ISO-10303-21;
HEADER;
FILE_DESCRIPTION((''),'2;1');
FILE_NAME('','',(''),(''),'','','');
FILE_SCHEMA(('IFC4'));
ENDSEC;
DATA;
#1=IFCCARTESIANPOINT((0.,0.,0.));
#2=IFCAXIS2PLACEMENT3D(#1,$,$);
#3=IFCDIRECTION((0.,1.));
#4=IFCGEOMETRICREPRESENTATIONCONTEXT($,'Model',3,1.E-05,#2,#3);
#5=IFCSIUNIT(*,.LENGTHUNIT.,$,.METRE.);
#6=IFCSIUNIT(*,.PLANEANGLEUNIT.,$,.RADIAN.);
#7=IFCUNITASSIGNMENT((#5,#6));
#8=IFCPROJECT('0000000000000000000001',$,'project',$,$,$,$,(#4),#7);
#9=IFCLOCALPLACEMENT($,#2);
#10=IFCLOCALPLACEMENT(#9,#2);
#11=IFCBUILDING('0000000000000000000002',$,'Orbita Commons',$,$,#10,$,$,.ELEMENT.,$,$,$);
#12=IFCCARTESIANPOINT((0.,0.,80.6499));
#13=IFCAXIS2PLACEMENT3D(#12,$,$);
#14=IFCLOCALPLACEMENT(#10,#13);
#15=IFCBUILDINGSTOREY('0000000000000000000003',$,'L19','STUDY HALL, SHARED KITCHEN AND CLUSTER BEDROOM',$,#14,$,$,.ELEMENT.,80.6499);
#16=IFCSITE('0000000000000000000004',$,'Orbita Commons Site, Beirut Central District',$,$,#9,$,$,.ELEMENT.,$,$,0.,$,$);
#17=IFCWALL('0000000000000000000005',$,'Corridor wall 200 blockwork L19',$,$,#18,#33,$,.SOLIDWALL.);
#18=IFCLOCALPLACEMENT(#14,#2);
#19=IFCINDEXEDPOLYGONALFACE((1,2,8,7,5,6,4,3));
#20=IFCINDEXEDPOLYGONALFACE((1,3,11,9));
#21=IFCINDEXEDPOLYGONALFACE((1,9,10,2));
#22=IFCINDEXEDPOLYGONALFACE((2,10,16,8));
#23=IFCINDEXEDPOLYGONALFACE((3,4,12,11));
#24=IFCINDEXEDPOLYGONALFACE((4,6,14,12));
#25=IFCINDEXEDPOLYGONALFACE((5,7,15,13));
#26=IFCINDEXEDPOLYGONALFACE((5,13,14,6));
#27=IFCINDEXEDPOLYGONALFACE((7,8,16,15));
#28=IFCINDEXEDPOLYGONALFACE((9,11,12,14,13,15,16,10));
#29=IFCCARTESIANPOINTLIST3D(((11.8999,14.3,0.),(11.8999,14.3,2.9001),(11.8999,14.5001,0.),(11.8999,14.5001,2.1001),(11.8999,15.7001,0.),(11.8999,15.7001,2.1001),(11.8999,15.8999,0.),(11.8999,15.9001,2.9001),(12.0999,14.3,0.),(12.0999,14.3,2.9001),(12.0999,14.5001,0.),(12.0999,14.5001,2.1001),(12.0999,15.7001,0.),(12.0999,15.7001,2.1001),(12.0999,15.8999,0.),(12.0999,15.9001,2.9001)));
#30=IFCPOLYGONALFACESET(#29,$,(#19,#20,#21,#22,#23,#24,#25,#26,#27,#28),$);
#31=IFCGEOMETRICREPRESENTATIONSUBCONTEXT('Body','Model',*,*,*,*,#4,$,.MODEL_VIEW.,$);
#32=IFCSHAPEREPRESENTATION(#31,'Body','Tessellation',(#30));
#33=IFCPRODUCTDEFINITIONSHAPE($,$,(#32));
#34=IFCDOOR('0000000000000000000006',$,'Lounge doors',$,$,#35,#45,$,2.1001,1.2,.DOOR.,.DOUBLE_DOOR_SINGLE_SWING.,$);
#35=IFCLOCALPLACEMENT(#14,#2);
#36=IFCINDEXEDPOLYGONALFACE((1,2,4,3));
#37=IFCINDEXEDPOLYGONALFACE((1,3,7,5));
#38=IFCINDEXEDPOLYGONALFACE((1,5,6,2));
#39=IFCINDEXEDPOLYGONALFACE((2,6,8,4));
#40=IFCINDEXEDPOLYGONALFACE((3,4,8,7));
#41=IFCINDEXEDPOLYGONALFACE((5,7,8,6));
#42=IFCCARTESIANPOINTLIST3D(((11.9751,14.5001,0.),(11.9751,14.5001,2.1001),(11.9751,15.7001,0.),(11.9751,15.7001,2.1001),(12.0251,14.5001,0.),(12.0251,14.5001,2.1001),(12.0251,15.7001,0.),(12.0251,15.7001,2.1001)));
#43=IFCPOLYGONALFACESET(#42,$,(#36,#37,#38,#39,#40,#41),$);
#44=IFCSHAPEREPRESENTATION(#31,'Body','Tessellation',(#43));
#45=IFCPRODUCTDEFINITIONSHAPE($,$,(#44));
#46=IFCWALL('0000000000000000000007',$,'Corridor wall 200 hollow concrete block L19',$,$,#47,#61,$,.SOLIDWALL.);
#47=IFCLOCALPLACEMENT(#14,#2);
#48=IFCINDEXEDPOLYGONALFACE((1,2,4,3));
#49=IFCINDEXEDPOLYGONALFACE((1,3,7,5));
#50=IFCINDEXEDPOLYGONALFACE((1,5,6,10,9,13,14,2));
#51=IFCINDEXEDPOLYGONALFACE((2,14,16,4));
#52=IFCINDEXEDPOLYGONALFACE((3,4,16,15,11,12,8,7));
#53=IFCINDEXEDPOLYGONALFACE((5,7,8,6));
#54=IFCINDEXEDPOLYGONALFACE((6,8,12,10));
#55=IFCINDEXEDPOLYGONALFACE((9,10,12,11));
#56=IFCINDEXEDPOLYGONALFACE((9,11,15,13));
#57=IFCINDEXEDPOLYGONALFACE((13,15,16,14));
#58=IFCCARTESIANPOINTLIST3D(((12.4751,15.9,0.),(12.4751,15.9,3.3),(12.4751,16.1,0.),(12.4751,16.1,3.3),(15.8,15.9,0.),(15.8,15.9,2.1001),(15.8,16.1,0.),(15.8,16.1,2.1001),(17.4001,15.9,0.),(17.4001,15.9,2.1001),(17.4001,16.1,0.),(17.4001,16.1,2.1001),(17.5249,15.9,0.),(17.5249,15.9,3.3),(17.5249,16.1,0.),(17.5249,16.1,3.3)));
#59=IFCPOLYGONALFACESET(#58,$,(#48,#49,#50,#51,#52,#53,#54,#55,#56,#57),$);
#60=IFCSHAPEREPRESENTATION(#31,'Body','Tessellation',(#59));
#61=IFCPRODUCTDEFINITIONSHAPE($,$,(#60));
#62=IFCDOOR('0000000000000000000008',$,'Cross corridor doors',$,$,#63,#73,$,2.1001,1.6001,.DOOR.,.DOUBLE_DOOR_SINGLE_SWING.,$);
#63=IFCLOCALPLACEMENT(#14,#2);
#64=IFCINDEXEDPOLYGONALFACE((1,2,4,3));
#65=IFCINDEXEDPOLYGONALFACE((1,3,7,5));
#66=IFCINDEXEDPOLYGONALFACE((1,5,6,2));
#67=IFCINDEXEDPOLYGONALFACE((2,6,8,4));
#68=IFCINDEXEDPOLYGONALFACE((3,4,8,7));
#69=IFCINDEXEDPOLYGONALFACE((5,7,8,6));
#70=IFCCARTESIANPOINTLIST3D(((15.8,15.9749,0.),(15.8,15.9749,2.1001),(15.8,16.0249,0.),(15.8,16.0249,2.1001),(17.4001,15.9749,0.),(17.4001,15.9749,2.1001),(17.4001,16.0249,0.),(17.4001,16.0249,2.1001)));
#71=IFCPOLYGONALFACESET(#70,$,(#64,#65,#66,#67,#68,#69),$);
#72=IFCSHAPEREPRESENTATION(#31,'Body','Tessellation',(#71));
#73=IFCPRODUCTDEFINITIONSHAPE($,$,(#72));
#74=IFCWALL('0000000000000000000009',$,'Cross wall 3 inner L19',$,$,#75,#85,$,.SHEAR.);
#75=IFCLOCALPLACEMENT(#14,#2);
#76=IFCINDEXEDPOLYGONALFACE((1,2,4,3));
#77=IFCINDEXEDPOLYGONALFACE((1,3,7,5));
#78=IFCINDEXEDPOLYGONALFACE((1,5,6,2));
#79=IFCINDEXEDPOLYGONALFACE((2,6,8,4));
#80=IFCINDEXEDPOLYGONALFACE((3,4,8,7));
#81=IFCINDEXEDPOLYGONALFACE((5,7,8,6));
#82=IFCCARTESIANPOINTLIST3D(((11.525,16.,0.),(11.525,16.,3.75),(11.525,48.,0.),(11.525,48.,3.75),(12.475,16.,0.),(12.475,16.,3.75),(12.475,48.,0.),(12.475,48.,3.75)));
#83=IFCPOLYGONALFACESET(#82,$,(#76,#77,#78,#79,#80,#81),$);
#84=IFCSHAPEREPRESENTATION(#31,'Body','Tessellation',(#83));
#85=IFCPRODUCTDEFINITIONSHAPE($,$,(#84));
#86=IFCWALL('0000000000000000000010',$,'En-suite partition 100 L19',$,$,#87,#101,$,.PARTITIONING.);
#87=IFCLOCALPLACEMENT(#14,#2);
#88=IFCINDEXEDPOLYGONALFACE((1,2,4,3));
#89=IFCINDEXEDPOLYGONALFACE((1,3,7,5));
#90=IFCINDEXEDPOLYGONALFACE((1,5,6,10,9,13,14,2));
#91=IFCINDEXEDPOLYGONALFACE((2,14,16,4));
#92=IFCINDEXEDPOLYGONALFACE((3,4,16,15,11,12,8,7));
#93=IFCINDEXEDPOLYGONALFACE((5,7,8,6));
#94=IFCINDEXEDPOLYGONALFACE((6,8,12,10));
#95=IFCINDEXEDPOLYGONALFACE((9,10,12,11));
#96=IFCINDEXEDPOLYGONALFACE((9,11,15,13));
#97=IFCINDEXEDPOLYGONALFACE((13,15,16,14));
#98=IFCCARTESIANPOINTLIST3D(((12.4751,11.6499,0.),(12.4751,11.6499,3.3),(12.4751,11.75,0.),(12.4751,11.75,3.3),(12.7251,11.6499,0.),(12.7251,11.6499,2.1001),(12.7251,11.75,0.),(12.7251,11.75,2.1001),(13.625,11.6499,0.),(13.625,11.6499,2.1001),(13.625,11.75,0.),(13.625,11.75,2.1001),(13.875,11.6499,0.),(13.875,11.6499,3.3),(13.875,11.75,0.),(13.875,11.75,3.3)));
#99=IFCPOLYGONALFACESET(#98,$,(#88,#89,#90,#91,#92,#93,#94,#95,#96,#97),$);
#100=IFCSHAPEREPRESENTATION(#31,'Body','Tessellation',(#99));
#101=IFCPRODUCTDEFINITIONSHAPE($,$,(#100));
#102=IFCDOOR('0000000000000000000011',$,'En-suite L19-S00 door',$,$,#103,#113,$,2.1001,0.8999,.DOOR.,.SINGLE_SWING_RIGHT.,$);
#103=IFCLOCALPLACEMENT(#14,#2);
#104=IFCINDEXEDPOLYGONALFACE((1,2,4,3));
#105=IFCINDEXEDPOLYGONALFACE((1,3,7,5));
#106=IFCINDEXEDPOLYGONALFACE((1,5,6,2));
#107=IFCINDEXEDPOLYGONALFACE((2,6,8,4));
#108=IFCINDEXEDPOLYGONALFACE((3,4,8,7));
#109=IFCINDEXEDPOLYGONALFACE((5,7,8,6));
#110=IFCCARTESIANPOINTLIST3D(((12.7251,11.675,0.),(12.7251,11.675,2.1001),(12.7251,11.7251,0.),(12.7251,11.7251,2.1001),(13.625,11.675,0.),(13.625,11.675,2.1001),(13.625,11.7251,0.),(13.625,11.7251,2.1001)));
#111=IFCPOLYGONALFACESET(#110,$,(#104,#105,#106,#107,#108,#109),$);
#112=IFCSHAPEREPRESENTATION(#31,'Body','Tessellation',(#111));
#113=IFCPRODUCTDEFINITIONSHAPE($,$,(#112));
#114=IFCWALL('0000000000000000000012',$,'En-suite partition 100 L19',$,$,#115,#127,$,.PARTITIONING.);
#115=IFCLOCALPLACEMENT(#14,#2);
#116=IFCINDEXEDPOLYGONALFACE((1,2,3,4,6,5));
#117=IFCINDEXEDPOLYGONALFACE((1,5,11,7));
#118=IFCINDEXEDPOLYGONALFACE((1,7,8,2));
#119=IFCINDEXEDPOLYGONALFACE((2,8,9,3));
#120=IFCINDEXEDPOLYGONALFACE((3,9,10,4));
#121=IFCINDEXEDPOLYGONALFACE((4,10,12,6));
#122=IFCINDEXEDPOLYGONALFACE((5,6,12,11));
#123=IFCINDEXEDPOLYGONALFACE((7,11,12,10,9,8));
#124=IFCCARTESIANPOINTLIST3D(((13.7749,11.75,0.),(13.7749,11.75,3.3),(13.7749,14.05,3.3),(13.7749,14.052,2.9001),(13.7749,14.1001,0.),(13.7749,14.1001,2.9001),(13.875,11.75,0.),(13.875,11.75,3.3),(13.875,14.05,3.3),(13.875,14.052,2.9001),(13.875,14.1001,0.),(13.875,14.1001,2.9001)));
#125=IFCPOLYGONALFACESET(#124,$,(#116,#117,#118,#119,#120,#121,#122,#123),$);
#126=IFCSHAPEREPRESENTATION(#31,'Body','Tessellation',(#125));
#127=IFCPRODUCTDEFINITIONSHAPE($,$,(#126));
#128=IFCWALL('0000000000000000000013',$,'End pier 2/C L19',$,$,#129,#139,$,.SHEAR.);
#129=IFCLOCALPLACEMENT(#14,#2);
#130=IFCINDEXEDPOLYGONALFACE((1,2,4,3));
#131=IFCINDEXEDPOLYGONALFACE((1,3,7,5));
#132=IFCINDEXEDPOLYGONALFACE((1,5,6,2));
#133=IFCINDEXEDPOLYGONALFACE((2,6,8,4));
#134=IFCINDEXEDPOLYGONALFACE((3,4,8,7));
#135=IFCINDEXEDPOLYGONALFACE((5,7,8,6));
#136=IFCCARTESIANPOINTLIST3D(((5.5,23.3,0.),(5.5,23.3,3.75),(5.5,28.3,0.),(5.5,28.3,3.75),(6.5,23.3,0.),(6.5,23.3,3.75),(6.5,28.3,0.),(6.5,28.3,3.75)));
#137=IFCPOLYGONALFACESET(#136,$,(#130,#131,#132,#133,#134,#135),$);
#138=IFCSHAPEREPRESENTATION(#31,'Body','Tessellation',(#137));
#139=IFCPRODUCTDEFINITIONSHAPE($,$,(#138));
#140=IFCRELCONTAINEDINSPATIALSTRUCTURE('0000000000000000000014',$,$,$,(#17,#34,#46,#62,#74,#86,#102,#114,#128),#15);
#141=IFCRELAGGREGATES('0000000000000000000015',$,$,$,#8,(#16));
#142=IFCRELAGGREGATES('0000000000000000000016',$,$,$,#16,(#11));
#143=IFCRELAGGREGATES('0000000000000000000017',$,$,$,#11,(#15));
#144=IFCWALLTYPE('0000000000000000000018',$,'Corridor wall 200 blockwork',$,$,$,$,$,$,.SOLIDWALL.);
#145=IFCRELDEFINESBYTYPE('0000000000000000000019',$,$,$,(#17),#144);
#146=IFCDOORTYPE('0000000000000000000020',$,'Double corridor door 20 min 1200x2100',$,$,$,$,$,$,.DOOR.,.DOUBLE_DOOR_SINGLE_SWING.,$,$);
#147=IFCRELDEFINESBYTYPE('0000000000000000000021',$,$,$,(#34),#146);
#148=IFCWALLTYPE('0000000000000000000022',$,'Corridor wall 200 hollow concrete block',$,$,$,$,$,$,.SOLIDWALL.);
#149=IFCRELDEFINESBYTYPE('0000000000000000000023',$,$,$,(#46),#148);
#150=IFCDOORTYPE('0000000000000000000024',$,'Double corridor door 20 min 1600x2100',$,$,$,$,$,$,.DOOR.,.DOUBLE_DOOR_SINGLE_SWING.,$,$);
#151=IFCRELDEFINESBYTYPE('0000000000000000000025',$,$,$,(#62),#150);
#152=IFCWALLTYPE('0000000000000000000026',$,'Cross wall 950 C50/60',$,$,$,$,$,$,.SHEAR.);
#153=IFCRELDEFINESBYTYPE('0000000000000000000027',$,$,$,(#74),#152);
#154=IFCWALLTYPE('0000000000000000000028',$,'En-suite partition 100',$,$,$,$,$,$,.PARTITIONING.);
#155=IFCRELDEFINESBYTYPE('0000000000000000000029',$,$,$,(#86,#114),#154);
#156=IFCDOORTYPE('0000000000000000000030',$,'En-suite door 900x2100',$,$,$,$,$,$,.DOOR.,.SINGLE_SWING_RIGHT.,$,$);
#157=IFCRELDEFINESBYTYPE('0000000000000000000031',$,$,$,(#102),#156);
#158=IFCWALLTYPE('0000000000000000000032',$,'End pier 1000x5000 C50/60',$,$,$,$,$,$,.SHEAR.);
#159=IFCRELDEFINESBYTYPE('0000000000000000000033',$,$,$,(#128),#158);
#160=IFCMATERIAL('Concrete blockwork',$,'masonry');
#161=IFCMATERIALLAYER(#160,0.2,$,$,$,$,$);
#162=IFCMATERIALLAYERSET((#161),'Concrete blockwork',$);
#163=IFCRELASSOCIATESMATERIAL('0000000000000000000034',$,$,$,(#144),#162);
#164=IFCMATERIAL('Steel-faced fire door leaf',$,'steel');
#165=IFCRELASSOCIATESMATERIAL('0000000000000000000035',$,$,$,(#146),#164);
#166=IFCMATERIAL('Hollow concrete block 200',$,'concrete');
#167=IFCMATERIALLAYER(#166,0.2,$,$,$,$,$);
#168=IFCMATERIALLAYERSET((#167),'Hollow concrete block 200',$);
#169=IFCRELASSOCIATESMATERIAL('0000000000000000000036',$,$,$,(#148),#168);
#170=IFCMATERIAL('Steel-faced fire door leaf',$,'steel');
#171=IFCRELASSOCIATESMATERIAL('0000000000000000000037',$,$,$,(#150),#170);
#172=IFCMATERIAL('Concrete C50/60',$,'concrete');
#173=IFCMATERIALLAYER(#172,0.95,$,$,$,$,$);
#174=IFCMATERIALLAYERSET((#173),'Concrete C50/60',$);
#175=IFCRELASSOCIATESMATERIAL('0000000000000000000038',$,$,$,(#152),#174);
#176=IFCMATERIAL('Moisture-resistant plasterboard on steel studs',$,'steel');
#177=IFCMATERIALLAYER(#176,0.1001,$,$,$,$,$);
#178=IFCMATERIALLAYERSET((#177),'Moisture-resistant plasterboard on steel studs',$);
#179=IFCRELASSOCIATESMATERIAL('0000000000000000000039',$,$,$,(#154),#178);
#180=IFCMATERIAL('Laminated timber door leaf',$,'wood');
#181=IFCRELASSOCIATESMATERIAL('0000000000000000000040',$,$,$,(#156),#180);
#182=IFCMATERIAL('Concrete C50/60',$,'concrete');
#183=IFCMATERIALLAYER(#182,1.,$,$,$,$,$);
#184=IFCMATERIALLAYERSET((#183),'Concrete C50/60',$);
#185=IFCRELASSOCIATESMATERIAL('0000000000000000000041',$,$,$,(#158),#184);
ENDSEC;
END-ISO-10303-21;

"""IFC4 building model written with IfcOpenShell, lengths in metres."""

from ifc_helpers import new_model, si_unit, direction, frame, frame_2d, origin, place, context, subcontext, project, spatial, polyline, rectangle, outline, extrude, material, layer, layer_set, type_object, element, fill, save


model = new_model("IFC4")

# Units and contexts
model_context = context("Model", 3, precision=1e-05, world=origin(), true_north=direction((0.0, 1.0)))
body_context = subcontext(model_context, "Body", "Model", "MODEL_VIEW")
ifc_project = project(units=[si_unit("LENGTHUNIT", "METRE"), si_unit("PLANEANGLEUNIT", "RADIAN")], contexts=[model_context])

# Site, building, storey
site_placement = place(None, origin())
site = spatial("IfcSite", under=ifc_project, at=site_placement, Name="Orbita Commons Site, Beirut Central District", CompositionType="ELEMENT", RefElevation=0.0)
building_placement = place(site_placement, origin())
building = spatial("IfcBuilding", under=site, at=building_placement, Name="Orbita Commons", CompositionType="ELEMENT")
storey_placement = place(building_placement, frame((0.0, 0.0, 80.6499)))
storey = spatial("IfcBuildingStorey", under=building, at=storey_placement, Name="L19", Description="STUDY HALL, SHARED KITCHEN AND CLUSTER BEDROOM", CompositionType="ELEMENT", Elevation=80.6499)

# Shared definitions
ifc_material_1 = material(Name="Concrete blockwork", Category="masonry")
ifc_layer_1 = layer(ifc_material_1, 0.2)
ifc_layer_set_1 = layer_set([ifc_layer_1], Name="Concrete blockwork")
wall_type_1 = type_object("IfcWallType", Name="Corridor wall 200 blockwork", PredefinedType="SOLIDWALL", material=ifc_layer_set_1)

# Walls, openings, doors
wall_1_placement = place(storey_placement, frame((12.0, 14.3, 0.0), z_axis=(0.0, 0.0, 1.0), x_axis=(0.0, 1.0, 0.0)))
wall_1 = element("IfcWall", 1, at=wall_1_placement, inside=storey, type_object=wall_type_1, Name="Corridor wall 200 blockwork L19", PredefinedType="SOLIDWALL", context=body_context, shape_type="SweptSolid", body=[
    extrude(outline(polyline([(0.0, 0.0), (1.5999, 0.0), (1.6001, 2.9001), (0.0, 2.9001), (0.0, 0.0)])), frame((0.0, 0.1001, 0.0), z_axis=(0.0, -1.0, 0.0), x_axis=(1.0, 0.0, 0.0)), (0.0, 0.0, 1.0), 0.2),
])
opening_1_placement = place(wall_1_placement, frame((0.2, 0.0, 0.0)))
opening_1 = element("IfcOpeningElement", 2, at=opening_1_placement, cuts=wall_1, PredefinedType="OPENING", context=body_context, shape_type="SweptSolid", body=[
    extrude(rectangle(XDim=1.2, YDim=2.1001, at=frame_2d((0.6001, 1.05))), frame((0.0, 0.1099, 0.0), z_axis=(0.0, -1.0, 0.0), x_axis=(1.0, 0.0, 0.0)), (0.0, 0.0, 1.0), 0.22),
])
ifc_material_2 = material(Name="Steel-faced fire door leaf", Category="steel")
door_type_1 = type_object("IfcDoorType", Name="Double corridor door 20 min 1200x2100", OperationType="DOUBLE_DOOR_SINGLE_SWING", PredefinedType="DOOR", material=ifc_material_2)
door_1_placement = place(opening_1_placement, origin())
door_1 = element("IfcDoor", 3, at=door_1_placement, inside=storey, type_object=door_type_1, Name="Lounge doors", OperationType="DOUBLE_DOOR_SINGLE_SWING", OverallHeight=2.1001, OverallWidth=1.2, PredefinedType="DOOR", context=body_context, shape_type="SweptSolid", body=[
    extrude(rectangle(XDim=1.2, YDim=2.1001, at=frame_2d((0.6001, 1.05))), frame((0.0, 0.0249, 0.0), z_axis=(0.0, -1.0, 0.0), x_axis=(1.0, 0.0, 0.0)), (0.0, 0.0, 1.0), 0.05),
])
fill(opening_1, door_1)
ifc_material_3 = material(Name="Hollow concrete block 200", Category="concrete")
ifc_layer_2 = layer(ifc_material_3, 0.2)
ifc_layer_set_2 = layer_set([ifc_layer_2], Name="Hollow concrete block 200")
wall_type_2 = type_object("IfcWallType", Name="Corridor wall 200 hollow concrete block", PredefinedType="SOLIDWALL", material=ifc_layer_set_2)
wall_2_placement = place(storey_placement, frame((12.4751, 16.0, 0.0), z_axis=(0.0, 0.0, 1.0), x_axis=(1.0, 0.0, 0.0)))
wall_2 = element("IfcWall", 4, at=wall_2_placement, inside=storey, type_object=wall_type_2, Name="Corridor wall 200 hollow concrete block L19", PredefinedType="SOLIDWALL", context=body_context, shape_type="SweptSolid", body=[
    extrude(rectangle(XDim=5.0498, YDim=0.2, at=frame_2d((2.5249, 0.0))), origin(), (0.0, 0.0, 1.0), 3.3),
])
opening_2_placement = place(wall_2_placement, frame((3.325, 0.0, 0.0)))
opening_2 = element("IfcOpeningElement", 5, at=opening_2_placement, cuts=wall_2, PredefinedType="OPENING", context=body_context, shape_type="SweptSolid", body=[
    extrude(rectangle(XDim=1.6001, YDim=2.1001, at=frame_2d((0.8, 1.05))), frame((0.0, 0.1099, 0.0), z_axis=(0.0, -1.0, 0.0), x_axis=(1.0, 0.0, 0.0)), (0.0, 0.0, 1.0), 0.22),
])
ifc_material_4 = material(Name="Steel-faced fire door leaf", Category="steel")
door_type_2 = type_object("IfcDoorType", Name="Double corridor door 20 min 1600x2100", OperationType="DOUBLE_DOOR_SINGLE_SWING", PredefinedType="DOOR", material=ifc_material_4)
door_2_placement = place(opening_2_placement, origin())
door_2 = element("IfcDoor", 6, at=door_2_placement, inside=storey, type_object=door_type_2, Name="Cross corridor doors", OperationType="DOUBLE_DOOR_SINGLE_SWING", OverallHeight=2.1001, OverallWidth=1.6001, PredefinedType="DOOR", context=body_context, shape_type="SweptSolid", body=[
    extrude(rectangle(XDim=1.6001, YDim=2.1001, at=frame_2d((0.8, 1.05))), frame((0.0, 0.0249, 0.0), z_axis=(0.0, -1.0, 0.0), x_axis=(1.0, 0.0, 0.0)), (0.0, 0.0, 1.0), 0.05),
])
fill(opening_2, door_2)

# Wall
ifc_material_5 = material(Name="Concrete C50/60", Category="concrete")
ifc_layer_3 = layer(ifc_material_5, 0.95)
ifc_layer_set_3 = layer_set([ifc_layer_3], Name="Concrete C50/60")
wall_type_3 = type_object("IfcWallType", Name="Cross wall 950 C50/60", PredefinedType="SHEAR", material=ifc_layer_set_3)
wall_3_placement = place(storey_placement, frame((12.0, 16.0, 0.0), z_axis=(0.0, 0.0, 1.0), x_axis=(0.0, 1.0, 0.0)))
element("IfcWall", 7, at=wall_3_placement, inside=storey, type_object=wall_type_3, Name="Cross wall 3 inner L19", PredefinedType="SHEAR", context=body_context, shape_type="SweptSolid", body=[
    extrude(rectangle(XDim=32.0, YDim=0.95, at=frame_2d((16.0, 0.0))), origin(), (0.0, 0.0, 1.0), 3.75),
])

# Wall, opening, door
ifc_material_6 = material(Name="Moisture-resistant plasterboard on steel studs", Category="steel")
ifc_layer_4 = layer(ifc_material_6, 0.1001)
ifc_layer_set_4 = layer_set([ifc_layer_4], Name="Moisture-resistant plasterboard on steel studs")
wall_type_4 = type_object("IfcWallType", Name="En-suite partition 100", PredefinedType="PARTITIONING", material=ifc_layer_set_4)
wall_4_placement = place(storey_placement, frame((13.875, 11.7, 0.0), z_axis=(0.0, 0.0, 1.0), x_axis=(-1.0, 0.0, 0.0)))
wall_4 = element("IfcWall", 8, at=wall_4_placement, inside=storey, type_object=wall_type_4, Name="En-suite partition 100 L19", PredefinedType="PARTITIONING", context=body_context, shape_type="SweptSolid", body=[
    extrude(rectangle(XDim=1.3999, YDim=0.1001, at=frame_2d((0.7, 0.0))), origin(), (0.0, 0.0, 1.0), 3.3),
])
opening_3_placement = place(wall_4_placement, frame((0.25, 0.0, 0.0)))
opening_3 = element("IfcOpeningElement", 9, at=opening_3_placement, cuts=wall_4, PredefinedType="OPENING", context=body_context, shape_type="SweptSolid", body=[
    extrude(rectangle(XDim=0.8999, YDim=2.1001, at=frame_2d((0.45, 1.05))), frame((0.0, 0.0601, 0.0), z_axis=(0.0, -1.0, 0.0), x_axis=(1.0, 0.0, 0.0)), (0.0, 0.0, 1.0), 0.1201),
])
ifc_material_7 = material(Name="Laminated timber door leaf", Category="wood")
door_type_3 = type_object("IfcDoorType", Name="En-suite door 900x2100", OperationType="SINGLE_SWING_RIGHT", PredefinedType="DOOR", material=ifc_material_7)
door_3_placement = place(opening_3_placement, origin())
door_3 = element("IfcDoor", 10, at=door_3_placement, inside=storey, type_object=door_type_3, Name="En-suite L19-S00 door", OperationType="SINGLE_SWING_RIGHT", OverallHeight=2.1001, OverallWidth=0.8999, PredefinedType="DOOR", context=body_context, shape_type="SweptSolid", body=[
    extrude(rectangle(XDim=0.8999, YDim=2.1001, at=frame_2d((0.45, 1.05))), frame((0.0, 0.0249, 0.0), z_axis=(0.0, -1.0, 0.0), x_axis=(1.0, 0.0, 0.0)), (0.0, 0.0, 1.0), 0.05),
])
fill(opening_3, door_3)

# Walls
wall_5_placement = place(storey_placement, frame((13.825, 11.75, 0.0), z_axis=(0.0, 0.0, 1.0), x_axis=(0.0, 1.0, 0.0)))
element("IfcWall", 11, at=wall_5_placement, inside=storey, type_object=wall_type_4, Name="En-suite partition 100 L19", PredefinedType="PARTITIONING", context=body_context, shape_type="SweptSolid", body=[
    extrude(outline(polyline([(0.0, 0.0), (2.3501, 0.0), (2.3501, 2.9001), (2.302, 2.9001), (2.3, 3.3), (0.0, 3.3), (0.0, 0.0)])), frame((0.0, 0.05, 0.0), z_axis=(0.0, -1.0, 0.0), x_axis=(1.0, 0.0, 0.0)), (0.0, 0.0, 1.0), 0.1001),
])
ifc_material_8 = material(Name="Concrete C50/60", Category="concrete")
ifc_layer_5 = layer(ifc_material_8, 1.0)
ifc_layer_set_5 = layer_set([ifc_layer_5], Name="Concrete C50/60")
wall_type_5 = type_object("IfcWallType", Name="End pier 1000x5000 C50/60", PredefinedType="SHEAR", material=ifc_layer_set_5)
wall_6_placement = place(storey_placement, frame((6.0, 23.3, 0.0), z_axis=(0.0, 0.0, 1.0), x_axis=(0.0, 1.0, 0.0)))
element("IfcWall", 12, at=wall_6_placement, inside=storey, type_object=wall_type_5, Name="End pier 2/C L19", PredefinedType="SHEAR", context=body_context, shape_type="SweptSolid", body=[
    extrude(rectangle(XDim=5.0, YDim=1.0, at=frame_2d((2.5, 0.0))), origin(), (0.0, 0.0, 1.0), 3.75),
])

save(model, "model.ifc")
